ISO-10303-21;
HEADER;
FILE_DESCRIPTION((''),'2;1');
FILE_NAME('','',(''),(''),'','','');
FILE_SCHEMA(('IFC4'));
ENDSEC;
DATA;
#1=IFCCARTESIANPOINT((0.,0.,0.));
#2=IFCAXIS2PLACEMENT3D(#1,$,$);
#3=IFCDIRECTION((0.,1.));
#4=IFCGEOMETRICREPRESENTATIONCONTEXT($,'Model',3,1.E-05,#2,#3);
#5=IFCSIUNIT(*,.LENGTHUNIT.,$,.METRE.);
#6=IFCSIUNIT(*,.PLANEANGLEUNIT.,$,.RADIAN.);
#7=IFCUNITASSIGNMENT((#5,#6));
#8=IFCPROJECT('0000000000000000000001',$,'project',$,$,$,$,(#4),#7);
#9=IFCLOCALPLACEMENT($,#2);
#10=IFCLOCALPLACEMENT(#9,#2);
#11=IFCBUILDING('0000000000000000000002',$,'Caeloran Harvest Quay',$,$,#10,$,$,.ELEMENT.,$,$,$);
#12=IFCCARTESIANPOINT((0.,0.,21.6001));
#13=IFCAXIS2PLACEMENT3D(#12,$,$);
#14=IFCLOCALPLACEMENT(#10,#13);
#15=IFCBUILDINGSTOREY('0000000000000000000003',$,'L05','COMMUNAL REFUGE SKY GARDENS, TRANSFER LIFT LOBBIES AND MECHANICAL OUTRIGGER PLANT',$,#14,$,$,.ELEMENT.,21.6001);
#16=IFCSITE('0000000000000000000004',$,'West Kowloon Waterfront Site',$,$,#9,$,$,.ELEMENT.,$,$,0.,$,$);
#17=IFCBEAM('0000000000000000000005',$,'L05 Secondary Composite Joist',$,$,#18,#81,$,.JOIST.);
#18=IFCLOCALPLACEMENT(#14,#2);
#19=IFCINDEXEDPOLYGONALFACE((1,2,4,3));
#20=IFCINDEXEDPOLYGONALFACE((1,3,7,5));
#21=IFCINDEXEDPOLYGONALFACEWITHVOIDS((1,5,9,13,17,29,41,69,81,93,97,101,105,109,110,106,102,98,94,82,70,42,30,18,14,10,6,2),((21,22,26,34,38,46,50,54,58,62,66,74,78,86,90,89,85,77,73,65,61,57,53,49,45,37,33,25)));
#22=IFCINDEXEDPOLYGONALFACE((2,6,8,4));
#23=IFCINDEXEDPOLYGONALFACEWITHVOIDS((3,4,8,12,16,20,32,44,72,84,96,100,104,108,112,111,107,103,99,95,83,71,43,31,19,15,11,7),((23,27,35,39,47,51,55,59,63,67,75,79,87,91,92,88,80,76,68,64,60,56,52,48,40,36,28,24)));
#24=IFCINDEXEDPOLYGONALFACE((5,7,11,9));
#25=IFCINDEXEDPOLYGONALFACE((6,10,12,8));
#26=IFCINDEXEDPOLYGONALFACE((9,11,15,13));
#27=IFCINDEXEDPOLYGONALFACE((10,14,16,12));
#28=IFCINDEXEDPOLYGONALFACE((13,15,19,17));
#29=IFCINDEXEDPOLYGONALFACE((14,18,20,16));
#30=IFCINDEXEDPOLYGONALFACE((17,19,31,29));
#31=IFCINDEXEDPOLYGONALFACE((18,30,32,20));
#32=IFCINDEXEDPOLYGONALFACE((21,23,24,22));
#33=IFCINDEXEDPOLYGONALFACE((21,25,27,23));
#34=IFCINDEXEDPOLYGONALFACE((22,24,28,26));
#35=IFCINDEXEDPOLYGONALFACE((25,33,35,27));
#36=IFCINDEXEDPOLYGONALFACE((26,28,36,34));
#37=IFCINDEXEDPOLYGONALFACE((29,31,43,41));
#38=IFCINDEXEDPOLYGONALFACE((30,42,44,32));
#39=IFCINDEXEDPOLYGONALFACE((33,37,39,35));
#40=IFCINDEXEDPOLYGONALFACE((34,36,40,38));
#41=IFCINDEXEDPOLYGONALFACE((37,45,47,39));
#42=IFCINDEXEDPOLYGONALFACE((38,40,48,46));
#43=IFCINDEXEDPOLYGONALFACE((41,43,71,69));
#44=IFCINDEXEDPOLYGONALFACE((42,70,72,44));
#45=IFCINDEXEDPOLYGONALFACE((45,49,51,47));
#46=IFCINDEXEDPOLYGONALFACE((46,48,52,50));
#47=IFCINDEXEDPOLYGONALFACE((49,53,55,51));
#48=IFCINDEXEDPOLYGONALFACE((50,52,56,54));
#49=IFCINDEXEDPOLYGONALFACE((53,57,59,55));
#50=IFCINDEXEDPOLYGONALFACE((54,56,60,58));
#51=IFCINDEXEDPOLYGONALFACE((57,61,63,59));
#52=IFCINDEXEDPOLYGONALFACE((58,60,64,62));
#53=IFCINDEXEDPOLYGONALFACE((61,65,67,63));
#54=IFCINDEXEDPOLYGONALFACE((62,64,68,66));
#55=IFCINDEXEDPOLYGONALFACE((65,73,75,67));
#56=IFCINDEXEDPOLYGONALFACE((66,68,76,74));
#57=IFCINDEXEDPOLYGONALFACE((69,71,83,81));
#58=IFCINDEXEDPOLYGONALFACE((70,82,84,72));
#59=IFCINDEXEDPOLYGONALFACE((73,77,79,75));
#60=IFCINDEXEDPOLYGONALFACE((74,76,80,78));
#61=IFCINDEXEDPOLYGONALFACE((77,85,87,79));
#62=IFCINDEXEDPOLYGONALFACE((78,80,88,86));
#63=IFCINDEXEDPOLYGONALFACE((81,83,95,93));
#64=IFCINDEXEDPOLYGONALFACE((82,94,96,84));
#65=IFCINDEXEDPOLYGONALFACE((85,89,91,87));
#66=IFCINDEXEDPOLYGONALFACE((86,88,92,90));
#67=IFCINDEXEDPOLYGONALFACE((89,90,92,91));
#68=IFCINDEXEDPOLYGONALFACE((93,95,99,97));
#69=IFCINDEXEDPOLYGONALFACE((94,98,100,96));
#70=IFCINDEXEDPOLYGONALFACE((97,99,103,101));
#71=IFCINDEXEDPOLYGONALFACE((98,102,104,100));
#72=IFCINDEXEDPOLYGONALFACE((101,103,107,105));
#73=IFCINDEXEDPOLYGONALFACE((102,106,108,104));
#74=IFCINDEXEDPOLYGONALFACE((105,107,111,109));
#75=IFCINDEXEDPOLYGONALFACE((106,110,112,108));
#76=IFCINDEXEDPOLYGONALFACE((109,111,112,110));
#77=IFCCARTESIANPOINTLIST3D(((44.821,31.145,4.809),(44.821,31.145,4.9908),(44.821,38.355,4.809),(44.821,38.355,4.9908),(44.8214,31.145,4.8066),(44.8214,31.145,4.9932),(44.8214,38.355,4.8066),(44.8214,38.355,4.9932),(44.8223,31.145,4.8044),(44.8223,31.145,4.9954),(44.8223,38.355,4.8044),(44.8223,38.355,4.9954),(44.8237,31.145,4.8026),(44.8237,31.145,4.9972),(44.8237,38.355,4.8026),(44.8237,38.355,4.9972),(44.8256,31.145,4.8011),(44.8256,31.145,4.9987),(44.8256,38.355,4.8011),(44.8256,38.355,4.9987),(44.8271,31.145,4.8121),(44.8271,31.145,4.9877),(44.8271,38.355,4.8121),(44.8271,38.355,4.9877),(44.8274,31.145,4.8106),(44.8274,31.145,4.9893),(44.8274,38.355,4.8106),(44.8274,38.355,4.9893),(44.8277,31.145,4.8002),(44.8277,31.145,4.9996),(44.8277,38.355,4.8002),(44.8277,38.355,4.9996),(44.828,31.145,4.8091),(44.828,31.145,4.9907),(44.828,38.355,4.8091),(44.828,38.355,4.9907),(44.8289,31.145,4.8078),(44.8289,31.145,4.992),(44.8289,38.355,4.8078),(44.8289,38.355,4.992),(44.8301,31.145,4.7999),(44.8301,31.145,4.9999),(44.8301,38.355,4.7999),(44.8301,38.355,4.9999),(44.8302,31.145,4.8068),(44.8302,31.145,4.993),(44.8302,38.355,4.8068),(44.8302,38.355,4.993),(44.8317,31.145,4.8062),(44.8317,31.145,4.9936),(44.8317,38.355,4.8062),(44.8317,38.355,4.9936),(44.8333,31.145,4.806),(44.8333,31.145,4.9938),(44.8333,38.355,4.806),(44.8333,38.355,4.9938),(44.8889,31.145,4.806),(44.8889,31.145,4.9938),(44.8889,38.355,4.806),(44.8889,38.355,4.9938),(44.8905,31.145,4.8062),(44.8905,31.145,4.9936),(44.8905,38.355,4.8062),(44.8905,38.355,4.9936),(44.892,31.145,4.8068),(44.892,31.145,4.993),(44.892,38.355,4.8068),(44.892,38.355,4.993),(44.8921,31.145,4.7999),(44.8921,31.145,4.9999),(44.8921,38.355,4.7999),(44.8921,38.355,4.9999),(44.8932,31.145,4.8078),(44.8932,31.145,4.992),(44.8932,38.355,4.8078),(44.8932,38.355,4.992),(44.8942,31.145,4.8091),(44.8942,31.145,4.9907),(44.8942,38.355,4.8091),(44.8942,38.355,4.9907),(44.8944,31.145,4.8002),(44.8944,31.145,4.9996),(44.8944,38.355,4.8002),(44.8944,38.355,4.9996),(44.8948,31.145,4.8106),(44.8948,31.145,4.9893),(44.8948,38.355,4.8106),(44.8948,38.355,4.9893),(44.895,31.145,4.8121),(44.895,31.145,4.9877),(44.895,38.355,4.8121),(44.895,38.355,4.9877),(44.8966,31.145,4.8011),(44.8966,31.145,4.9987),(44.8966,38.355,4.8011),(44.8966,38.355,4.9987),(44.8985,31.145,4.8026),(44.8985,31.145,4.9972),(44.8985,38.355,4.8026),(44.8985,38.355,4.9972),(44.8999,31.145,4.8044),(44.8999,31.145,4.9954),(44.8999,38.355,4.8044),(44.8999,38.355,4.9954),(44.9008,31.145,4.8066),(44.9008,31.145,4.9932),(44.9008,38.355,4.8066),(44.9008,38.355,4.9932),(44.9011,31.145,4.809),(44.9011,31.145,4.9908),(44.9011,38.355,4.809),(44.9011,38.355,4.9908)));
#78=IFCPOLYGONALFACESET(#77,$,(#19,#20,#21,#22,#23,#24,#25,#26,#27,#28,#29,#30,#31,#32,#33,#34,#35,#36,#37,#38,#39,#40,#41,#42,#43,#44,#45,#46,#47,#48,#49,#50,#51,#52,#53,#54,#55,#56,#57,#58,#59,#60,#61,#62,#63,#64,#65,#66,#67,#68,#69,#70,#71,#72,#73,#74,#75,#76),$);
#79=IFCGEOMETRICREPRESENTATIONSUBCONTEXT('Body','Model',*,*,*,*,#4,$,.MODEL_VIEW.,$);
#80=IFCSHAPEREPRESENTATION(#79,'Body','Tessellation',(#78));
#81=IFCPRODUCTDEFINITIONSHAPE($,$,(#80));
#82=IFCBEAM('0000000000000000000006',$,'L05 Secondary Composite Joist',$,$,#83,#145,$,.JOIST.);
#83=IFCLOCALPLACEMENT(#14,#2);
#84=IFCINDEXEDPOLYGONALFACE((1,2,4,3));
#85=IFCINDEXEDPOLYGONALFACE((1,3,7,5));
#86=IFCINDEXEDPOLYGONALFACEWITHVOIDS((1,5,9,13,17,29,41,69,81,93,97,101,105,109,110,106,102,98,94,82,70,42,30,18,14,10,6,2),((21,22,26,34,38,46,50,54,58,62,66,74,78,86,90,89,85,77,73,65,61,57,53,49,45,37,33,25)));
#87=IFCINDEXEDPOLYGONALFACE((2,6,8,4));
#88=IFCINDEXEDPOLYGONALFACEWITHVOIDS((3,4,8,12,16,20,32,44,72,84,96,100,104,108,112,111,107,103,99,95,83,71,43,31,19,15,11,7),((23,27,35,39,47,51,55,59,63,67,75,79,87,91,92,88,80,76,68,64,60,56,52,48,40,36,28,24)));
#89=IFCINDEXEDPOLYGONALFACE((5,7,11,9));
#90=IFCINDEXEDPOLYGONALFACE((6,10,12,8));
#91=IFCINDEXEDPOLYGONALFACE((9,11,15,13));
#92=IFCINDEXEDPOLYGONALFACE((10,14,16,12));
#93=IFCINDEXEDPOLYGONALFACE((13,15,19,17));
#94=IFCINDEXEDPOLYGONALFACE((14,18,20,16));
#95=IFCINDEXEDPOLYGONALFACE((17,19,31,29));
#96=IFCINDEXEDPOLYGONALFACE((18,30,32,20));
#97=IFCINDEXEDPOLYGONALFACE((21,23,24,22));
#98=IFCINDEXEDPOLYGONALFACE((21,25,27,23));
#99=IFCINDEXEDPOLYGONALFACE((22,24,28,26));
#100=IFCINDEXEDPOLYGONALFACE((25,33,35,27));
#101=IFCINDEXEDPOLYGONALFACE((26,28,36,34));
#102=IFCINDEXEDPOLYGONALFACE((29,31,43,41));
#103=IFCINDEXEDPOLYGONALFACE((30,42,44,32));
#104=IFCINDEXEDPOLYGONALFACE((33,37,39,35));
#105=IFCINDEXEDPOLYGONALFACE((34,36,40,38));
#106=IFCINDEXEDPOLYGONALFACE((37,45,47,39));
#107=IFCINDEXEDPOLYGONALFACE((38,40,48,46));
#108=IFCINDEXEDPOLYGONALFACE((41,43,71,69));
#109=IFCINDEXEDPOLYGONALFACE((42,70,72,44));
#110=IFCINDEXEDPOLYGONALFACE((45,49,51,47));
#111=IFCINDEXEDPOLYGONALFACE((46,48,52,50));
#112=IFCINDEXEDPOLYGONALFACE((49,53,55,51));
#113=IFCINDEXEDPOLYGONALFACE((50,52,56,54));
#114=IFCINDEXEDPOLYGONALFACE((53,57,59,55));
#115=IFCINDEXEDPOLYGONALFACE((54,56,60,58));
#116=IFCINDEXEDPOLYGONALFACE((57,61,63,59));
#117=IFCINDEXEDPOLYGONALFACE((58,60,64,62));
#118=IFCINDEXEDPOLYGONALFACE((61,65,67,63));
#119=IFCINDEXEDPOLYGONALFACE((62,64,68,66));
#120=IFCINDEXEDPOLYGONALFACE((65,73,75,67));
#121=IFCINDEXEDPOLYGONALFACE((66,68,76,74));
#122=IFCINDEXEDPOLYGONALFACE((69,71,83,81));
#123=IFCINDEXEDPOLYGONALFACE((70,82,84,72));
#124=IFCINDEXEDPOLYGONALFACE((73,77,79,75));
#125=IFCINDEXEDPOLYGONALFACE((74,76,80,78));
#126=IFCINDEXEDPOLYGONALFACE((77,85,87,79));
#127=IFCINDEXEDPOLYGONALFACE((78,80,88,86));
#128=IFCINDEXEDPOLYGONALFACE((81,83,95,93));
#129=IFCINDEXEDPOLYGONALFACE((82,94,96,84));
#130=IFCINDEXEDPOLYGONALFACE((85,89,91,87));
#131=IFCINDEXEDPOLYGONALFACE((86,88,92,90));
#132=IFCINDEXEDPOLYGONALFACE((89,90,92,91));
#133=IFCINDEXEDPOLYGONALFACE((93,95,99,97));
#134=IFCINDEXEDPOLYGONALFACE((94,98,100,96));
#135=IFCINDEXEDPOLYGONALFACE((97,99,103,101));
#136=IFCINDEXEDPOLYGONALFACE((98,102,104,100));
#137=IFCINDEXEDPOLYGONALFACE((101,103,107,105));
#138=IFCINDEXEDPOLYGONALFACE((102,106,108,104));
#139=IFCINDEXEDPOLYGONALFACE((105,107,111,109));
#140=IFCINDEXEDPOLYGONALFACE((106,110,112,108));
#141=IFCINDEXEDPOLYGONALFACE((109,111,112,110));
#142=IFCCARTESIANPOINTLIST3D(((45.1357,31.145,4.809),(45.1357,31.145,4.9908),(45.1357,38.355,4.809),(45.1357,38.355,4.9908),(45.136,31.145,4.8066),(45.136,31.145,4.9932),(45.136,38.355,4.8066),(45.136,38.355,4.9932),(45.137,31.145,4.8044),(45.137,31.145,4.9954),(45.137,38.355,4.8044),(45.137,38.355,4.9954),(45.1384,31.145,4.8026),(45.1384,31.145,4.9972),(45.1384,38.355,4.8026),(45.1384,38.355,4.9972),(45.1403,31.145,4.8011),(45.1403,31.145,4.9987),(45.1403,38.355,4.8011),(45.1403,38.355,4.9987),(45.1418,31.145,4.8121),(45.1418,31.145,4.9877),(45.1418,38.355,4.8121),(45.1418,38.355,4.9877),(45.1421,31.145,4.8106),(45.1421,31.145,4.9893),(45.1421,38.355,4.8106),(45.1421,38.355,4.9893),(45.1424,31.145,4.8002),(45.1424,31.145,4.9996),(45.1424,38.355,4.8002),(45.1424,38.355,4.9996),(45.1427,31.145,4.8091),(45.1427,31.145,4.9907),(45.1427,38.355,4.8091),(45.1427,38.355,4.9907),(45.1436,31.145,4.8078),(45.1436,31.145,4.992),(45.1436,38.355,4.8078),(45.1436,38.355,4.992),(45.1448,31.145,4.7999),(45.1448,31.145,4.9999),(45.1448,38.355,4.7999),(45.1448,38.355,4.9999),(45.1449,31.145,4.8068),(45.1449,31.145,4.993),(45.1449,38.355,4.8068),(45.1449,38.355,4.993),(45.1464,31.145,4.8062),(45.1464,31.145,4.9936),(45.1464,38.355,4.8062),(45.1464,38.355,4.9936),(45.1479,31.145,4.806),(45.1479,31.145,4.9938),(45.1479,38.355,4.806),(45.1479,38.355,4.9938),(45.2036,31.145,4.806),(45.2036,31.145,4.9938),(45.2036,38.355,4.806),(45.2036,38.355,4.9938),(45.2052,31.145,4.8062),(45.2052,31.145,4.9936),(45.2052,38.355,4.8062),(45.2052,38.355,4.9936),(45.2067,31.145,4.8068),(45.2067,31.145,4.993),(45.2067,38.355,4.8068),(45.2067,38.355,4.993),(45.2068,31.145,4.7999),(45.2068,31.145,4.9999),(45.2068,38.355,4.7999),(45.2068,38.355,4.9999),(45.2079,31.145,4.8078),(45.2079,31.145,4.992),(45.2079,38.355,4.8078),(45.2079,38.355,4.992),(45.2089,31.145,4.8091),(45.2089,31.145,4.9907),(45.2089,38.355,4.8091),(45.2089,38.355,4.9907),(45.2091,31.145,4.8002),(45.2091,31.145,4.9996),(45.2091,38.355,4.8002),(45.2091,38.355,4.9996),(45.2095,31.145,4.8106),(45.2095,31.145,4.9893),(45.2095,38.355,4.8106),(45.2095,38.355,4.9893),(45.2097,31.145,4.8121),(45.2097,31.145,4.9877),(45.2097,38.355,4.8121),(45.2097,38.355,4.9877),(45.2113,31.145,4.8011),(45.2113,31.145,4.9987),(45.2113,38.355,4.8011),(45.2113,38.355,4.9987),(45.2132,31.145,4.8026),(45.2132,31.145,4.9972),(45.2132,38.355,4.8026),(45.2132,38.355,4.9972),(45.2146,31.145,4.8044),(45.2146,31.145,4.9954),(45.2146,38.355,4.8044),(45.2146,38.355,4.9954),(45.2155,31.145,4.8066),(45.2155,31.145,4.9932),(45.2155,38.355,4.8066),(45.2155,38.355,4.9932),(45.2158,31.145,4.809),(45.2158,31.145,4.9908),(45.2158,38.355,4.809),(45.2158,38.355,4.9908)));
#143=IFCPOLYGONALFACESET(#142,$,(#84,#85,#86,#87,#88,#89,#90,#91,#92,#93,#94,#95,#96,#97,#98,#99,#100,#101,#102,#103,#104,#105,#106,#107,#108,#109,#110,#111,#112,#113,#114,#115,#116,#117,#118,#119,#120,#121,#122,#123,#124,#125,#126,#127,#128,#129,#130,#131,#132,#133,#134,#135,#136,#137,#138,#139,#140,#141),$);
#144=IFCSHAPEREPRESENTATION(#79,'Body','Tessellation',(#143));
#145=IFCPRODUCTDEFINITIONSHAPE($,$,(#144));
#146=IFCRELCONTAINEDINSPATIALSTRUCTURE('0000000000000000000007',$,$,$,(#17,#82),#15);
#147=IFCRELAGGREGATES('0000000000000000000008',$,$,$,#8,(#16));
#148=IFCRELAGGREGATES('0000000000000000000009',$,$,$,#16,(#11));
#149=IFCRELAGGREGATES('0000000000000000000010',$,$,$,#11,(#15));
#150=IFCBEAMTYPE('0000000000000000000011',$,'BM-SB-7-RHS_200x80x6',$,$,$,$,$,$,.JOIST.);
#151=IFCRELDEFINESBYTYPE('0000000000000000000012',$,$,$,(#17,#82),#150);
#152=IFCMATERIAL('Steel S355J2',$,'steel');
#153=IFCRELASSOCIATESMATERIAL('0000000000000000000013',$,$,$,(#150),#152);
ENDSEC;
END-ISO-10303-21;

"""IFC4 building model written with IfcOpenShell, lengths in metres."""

from ifc_helpers import new_model, si_unit, direction, frame, origin, origin_2d, place, context, subcontext, project, spatial, hollow_rectangle, extrude, material, material_profile, profile_set, type_object, element, save


model = new_model("IFC4")

# Units and contexts
model_context = context("Model", 3, precision=1e-05, world=origin(), true_north=direction((0.0, 1.0)))
body_context = subcontext(model_context, "Body", "Model", "MODEL_VIEW")
ifc_project = project(units=[si_unit("LENGTHUNIT", "METRE"), si_unit("PLANEANGLEUNIT", "RADIAN")], contexts=[model_context])

# Site, building, storey
site_placement = place(None, origin())
site = spatial("IfcSite", under=ifc_project, at=site_placement, Name="West Kowloon Waterfront Site", CompositionType="ELEMENT", RefElevation=0.0)
building_placement = place(site_placement, origin())
building = spatial("IfcBuilding", under=site, at=building_placement, Name="Caeloran Harvest Quay", CompositionType="ELEMENT")
storey_placement = place(building_placement, frame((0.0, 0.0, 21.6001)))
storey = spatial("IfcBuildingStorey", under=building, at=storey_placement, Name="L05", Description="COMMUNAL REFUGE SKY GARDENS, TRANSFER LIFT LOBBIES AND MECHANICAL OUTRIGGER PLANT", CompositionType="ELEMENT", Elevation=21.6001)

# Beams
ifc_material_1 = material(Name="Steel S355J2", Category="steel")
ifc_material_profile_1 = material_profile(ifc_material_1, hollow_rectangle(XDim=0.0801, YDim=0.2, WallThickness=0.0061, InnerFilletRadius=0.0061, OuterFilletRadius=0.009, at=origin_2d()), Name="RHS 200x80x6")
ifc_profile_set_1 = profile_set([ifc_material_profile_1], Name="Steel S355J2")
beam_type_1 = type_object("IfcBeamType", Name="BM-SB-7-RHS_200x80x6", PredefinedType="JOIST", material=ifc_profile_set_1)
for number, where, z_axis, x_axis, name in (
    (1, (44.8611, 31.145, 4.8999), (0.0, 1.0, 0.0), (-1.0, 0.0, 0.0), "L05 Secondary Composite Joist"),
    (2, (45.1758, 31.145, 4.8999), (0.0, 1.0, 0.0), (-1.0, 0.0, 0.0), "L05 Secondary Composite Joist"),
):
    element("IfcBeam", number, at=place(storey_placement, frame(where, z_axis=z_axis, x_axis=x_axis)), inside=storey, type_object=beam_type_1, Name=name, PredefinedType="JOIST", context=body_context, shape_type="SweptSolid", body=[
        extrude(hollow_rectangle(XDim=0.0801, YDim=0.2, WallThickness=0.0061, InnerFilletRadius=0.0061, OuterFilletRadius=0.009, at=origin_2d()), origin(), (0.0, 0.0, 1.0), 7.21),
    ])

save(model, "model.ifc")
